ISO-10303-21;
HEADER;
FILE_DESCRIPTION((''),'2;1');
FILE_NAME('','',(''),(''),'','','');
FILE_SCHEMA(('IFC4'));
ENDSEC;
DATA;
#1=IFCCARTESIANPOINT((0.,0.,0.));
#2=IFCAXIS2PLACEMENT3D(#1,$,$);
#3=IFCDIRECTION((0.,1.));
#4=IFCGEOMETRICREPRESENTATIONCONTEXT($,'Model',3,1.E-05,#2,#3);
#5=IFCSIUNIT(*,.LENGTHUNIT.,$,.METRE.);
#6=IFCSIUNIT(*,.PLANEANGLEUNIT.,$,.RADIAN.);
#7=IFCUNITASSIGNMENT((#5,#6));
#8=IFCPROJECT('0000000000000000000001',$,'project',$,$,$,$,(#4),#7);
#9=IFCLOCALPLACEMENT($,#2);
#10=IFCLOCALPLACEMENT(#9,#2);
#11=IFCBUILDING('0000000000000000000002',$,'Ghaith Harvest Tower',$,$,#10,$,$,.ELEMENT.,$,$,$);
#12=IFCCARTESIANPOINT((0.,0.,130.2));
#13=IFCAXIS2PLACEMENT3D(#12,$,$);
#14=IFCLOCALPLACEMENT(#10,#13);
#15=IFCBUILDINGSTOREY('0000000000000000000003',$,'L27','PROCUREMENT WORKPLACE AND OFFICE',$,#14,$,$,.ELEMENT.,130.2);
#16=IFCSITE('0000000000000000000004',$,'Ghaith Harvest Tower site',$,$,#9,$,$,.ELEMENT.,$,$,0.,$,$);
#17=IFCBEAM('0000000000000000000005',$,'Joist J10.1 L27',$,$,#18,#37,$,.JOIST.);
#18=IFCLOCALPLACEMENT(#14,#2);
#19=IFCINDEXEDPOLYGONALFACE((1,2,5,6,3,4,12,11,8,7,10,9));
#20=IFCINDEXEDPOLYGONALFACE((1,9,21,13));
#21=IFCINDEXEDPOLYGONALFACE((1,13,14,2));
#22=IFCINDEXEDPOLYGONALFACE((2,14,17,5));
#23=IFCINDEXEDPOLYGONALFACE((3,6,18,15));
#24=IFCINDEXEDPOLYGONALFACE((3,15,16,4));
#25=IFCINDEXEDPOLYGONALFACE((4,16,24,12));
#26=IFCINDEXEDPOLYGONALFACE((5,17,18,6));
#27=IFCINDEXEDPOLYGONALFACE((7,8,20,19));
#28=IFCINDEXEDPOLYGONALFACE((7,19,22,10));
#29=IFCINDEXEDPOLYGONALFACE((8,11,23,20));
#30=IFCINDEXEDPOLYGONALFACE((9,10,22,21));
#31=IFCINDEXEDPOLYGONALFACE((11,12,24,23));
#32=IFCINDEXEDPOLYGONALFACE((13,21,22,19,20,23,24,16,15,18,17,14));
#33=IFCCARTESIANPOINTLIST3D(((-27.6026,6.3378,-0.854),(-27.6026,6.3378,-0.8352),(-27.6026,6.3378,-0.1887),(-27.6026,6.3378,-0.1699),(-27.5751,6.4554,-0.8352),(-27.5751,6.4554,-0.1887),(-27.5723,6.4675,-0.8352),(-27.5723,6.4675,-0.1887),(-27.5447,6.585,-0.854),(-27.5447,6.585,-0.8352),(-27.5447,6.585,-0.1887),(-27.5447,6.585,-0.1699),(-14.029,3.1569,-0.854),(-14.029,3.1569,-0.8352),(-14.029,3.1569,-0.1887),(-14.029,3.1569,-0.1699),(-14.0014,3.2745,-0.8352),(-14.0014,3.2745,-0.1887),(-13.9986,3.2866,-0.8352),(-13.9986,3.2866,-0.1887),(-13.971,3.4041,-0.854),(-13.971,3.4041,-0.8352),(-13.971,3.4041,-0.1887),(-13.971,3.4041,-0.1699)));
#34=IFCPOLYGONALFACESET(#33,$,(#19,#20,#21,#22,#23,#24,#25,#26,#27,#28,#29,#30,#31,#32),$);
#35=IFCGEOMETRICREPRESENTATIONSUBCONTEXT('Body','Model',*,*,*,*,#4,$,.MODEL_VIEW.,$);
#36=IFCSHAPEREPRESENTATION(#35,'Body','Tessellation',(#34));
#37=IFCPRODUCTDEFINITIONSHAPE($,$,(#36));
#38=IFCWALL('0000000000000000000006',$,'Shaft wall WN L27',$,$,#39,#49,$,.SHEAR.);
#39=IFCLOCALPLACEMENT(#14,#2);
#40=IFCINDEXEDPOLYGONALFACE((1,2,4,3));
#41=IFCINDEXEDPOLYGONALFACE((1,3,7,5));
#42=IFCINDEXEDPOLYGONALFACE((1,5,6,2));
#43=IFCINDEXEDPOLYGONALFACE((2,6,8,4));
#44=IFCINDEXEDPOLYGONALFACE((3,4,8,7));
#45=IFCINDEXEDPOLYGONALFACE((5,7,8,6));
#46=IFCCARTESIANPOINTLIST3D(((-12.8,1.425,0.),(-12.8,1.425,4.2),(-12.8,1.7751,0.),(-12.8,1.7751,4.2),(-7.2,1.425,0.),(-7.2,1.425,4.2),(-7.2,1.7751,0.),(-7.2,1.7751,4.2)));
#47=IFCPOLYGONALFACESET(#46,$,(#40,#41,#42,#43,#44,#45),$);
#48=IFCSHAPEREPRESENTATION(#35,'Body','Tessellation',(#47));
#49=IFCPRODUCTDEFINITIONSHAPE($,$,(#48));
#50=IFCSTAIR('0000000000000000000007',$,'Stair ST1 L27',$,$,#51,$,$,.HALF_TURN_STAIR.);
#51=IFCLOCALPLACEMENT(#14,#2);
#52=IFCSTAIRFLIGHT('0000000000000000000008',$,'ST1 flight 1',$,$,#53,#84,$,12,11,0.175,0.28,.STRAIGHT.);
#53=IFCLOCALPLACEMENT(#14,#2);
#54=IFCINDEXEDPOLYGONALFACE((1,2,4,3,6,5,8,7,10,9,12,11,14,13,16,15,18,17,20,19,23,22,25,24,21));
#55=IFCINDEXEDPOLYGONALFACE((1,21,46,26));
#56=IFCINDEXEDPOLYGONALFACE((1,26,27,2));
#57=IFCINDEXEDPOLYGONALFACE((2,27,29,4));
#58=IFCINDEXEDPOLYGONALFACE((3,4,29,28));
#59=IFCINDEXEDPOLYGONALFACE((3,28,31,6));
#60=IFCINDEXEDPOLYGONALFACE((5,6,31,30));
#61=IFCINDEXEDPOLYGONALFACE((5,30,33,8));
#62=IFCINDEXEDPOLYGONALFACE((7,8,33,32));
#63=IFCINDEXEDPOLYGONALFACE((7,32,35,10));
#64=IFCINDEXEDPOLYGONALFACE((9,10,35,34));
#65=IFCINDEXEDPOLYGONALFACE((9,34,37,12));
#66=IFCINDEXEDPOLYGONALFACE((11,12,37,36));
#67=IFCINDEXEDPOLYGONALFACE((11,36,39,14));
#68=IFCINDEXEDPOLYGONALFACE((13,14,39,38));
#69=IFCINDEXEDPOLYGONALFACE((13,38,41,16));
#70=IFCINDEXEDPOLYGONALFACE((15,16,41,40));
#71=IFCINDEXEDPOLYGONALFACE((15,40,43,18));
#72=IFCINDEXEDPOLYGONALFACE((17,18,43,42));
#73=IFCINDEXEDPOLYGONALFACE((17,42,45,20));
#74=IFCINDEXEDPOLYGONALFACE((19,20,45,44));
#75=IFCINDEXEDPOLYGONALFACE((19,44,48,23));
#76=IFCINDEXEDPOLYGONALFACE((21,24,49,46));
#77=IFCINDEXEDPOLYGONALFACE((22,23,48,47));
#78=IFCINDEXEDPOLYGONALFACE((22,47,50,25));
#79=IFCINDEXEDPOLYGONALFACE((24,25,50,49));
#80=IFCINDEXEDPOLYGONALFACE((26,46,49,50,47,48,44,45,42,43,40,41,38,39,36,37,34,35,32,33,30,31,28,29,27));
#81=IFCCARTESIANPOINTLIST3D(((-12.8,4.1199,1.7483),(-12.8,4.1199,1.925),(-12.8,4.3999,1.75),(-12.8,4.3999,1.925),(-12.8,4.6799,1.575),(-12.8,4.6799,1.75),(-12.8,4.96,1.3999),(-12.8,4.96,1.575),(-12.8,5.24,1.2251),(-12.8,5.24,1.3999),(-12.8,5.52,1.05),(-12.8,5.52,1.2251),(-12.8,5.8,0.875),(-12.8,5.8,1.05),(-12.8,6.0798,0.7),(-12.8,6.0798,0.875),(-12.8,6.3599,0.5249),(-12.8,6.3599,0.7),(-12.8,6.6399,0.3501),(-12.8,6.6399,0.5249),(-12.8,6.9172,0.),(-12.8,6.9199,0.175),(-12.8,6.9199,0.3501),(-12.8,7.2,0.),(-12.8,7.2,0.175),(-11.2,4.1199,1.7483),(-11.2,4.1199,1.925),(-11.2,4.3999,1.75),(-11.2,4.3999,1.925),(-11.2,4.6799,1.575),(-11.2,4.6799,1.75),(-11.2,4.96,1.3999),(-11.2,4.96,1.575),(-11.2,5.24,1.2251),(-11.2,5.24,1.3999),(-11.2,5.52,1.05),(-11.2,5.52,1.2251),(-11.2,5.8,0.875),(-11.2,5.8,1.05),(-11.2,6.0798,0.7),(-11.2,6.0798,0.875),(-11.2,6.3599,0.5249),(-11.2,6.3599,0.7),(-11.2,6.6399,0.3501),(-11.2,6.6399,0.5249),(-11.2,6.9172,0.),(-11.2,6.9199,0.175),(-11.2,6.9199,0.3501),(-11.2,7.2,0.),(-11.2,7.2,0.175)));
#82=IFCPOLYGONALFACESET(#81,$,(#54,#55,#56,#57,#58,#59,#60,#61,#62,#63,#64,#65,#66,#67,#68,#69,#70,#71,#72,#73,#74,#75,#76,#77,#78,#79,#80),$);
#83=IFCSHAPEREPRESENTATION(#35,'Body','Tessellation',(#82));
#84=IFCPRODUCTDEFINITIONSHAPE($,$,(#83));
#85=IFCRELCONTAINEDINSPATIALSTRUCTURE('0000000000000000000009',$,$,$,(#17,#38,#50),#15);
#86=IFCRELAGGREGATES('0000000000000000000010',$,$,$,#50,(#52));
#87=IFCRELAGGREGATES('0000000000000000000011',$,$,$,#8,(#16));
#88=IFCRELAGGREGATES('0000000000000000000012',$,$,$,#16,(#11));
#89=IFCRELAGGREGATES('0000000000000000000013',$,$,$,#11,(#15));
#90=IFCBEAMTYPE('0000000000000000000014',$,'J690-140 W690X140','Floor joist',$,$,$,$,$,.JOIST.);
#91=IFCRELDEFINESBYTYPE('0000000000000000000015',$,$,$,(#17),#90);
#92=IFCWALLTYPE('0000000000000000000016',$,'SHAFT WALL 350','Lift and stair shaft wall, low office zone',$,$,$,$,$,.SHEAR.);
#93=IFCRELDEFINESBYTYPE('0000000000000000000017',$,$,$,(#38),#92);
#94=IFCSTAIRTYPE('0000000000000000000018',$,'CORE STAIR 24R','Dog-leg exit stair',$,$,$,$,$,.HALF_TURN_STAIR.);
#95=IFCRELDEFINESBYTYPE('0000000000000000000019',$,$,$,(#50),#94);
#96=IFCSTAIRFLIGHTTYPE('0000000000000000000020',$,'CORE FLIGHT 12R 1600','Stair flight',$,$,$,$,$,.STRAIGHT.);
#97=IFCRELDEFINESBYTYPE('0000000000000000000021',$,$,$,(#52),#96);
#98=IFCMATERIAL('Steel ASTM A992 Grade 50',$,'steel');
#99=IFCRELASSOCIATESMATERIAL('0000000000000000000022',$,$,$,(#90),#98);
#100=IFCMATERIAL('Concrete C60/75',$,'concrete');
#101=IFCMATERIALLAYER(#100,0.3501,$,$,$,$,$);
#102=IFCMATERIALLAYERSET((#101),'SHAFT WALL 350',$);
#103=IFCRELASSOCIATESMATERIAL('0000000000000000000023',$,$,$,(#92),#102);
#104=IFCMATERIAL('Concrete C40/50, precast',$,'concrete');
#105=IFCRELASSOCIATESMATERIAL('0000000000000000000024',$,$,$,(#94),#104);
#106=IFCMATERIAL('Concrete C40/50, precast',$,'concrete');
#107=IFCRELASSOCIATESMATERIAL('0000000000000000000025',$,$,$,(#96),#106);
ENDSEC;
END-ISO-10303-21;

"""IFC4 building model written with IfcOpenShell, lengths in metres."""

from ifc_helpers import new_model, si_unit, direction, frame, frame_2d, origin, origin_2d, place, context, subcontext, project, spatial, polyline, rectangle, i_section, outline, extrude, material, layer, layer_set, material_profile, profile_set, type_object, element, aggregate, save


model = new_model("IFC4")

# Units and contexts
model_context = context("Model", 3, precision=1e-05, world=origin(), true_north=direction((0.0, 1.0)))
body_context = subcontext(model_context, "Body", "Model", "MODEL_VIEW")
ifc_project = project(units=[si_unit("LENGTHUNIT", "METRE"), si_unit("PLANEANGLEUNIT", "RADIAN")], contexts=[model_context])

# Site, building, storey
site_placement = place(None, origin())
site = spatial("IfcSite", under=ifc_project, at=site_placement, Name="Ghaith Harvest Tower site", CompositionType="ELEMENT", RefElevation=0.0)
building_placement = place(site_placement, origin())
building = spatial("IfcBuilding", under=site, at=building_placement, Name="Ghaith Harvest Tower", CompositionType="ELEMENT")
storey_placement = place(building_placement, frame((0.0, 0.0, 130.2)))
storey = spatial("IfcBuildingStorey", under=building, at=storey_placement, Name="L27", Description="PROCUREMENT WORKPLACE AND OFFICE", CompositionType="ELEMENT", Elevation=130.2)

# Beam
ifc_material_1 = material(Name="Steel ASTM A992 Grade 50", Category="steel")
ifc_material_profile_1 = material_profile(ifc_material_1, i_section(OverallWidth=0.2539, OverallDepth=0.6841, WebThickness=0.0125, FlangeThickness=0.0188, at=origin_2d()), Name="W690X140")
ifc_profile_set_1 = profile_set([ifc_material_profile_1], Name="Steel ASTM A992 Grade 50")
beam_type_1 = type_object("IfcBeamType", Name="J690-140 W690X140", Description="Floor joist", PredefinedType="JOIST", material=ifc_profile_set_1)
beam_1_placement = place(storey_placement, frame((-14.0, 3.2805, -0.512), z_axis=(-0.973623, 0.228162, 0.0), x_axis=(-0.228162, -0.973623, 0.0)))
element("IfcBeam", 1, at=beam_1_placement, inside=storey, type_object=beam_type_1, Name="Joist J10.1 L27", PredefinedType="JOIST", context=body_context, shape_type="SweptSolid", body=[
    extrude(i_section(OverallWidth=0.2539, OverallDepth=0.6841, WebThickness=0.0125, FlangeThickness=0.0188, at=origin_2d()), origin(), (0.0, 0.0, 1.0), 13.9414),
])

# Wall
ifc_material_2 = material(Name="Concrete C60/75", Category="concrete")
ifc_layer_1 = layer(ifc_material_2, 0.3501)
ifc_layer_set_1 = layer_set([ifc_layer_1], Name="SHAFT WALL 350")
wall_type_1 = type_object("IfcWallType", Name="SHAFT WALL 350", Description="Lift and stair shaft wall, low office zone", PredefinedType="SHEAR", material=ifc_layer_set_1)
wall_1_placement = place(storey_placement, frame((-12.8, 1.6001, 0.0), z_axis=(0.0, 0.0, 1.0), x_axis=(1.0, 0.0, 0.0)))
element("IfcWall", 2, at=wall_1_placement, inside=storey, type_object=wall_type_1, Name="Shaft wall WN L27", PredefinedType="SHEAR", context=body_context, shape_type="SweptSolid", body=[
    extrude(rectangle(XDim=5.6001, YDim=0.3501, at=frame_2d((2.8, 0.0))), origin(), (0.0, 0.0, 1.0), 4.2),
])

# Stair, stair flight
ifc_material_3 = material(Name="Concrete C40/50, precast", Category="concrete")
stair_type = type_object("IfcStairType", Name="CORE STAIR 24R", Description="Dog-leg exit stair", PredefinedType="HALF_TURN_STAIR", material=ifc_material_3)
stair_placement = place(storey_placement, origin())
stair = element("IfcStair", 3, at=stair_placement, inside=storey, type_object=stair_type, Name="Stair ST1 L27", PredefinedType="HALF_TURN_STAIR")
ifc_material_4 = material(Name="Concrete C40/50, precast", Category="concrete")
stair_flight_type = type_object("IfcStairFlightType", Name="CORE FLIGHT 12R 1600", Description="Stair flight", PredefinedType="STRAIGHT", material=ifc_material_4)
stair_flight_placement = place(storey_placement, frame((-12.0, 7.2, 0.0), z_axis=(0.0, 0.0, 1.0), x_axis=(0.0, -1.0, 0.0)))
stair_flight = element("IfcStairFlight", 4, at=stair_flight_placement, type_object=stair_flight_type, Name="ST1 flight 1", NumberOfRisers=12, NumberOfTreads=11, PredefinedType="STRAIGHT", RiserHeight=0.175, TreadLength=0.28, context=body_context, shape_type="SweptSolid", body=[
    extrude(outline(polyline([(0.0, 0.0), (0.0, 0.175), (0.28, 0.175), (0.28, 0.3501), (0.5601, 0.3501), (0.5601, 0.5249), (0.8401, 0.5249), (0.8401, 0.7), (1.1201, 0.7), (1.1201, 0.875), (1.3999, 0.875), (1.3999, 1.05), (1.6799, 1.05), (1.6799, 1.2251), (1.96, 1.2251), (1.96, 1.3999), (2.24, 1.3999), (2.24, 1.575), (2.52, 1.575), (2.52, 1.75), (2.8, 1.75), (2.8, 1.925), (3.0801, 1.925), (3.0801, 2.1001), (3.0801, 1.7483), (0.2827, 0.0), (0.0, 0.0)])), frame((0.0, 0.8, 0.0), z_axis=(0.0, -1.0, 0.0), x_axis=(1.0, 0.0, 0.0)), (0.0, 0.0, 1.0), 1.6001),
])
aggregate(stair, [stair_flight])

save(model, "model.ifc")
